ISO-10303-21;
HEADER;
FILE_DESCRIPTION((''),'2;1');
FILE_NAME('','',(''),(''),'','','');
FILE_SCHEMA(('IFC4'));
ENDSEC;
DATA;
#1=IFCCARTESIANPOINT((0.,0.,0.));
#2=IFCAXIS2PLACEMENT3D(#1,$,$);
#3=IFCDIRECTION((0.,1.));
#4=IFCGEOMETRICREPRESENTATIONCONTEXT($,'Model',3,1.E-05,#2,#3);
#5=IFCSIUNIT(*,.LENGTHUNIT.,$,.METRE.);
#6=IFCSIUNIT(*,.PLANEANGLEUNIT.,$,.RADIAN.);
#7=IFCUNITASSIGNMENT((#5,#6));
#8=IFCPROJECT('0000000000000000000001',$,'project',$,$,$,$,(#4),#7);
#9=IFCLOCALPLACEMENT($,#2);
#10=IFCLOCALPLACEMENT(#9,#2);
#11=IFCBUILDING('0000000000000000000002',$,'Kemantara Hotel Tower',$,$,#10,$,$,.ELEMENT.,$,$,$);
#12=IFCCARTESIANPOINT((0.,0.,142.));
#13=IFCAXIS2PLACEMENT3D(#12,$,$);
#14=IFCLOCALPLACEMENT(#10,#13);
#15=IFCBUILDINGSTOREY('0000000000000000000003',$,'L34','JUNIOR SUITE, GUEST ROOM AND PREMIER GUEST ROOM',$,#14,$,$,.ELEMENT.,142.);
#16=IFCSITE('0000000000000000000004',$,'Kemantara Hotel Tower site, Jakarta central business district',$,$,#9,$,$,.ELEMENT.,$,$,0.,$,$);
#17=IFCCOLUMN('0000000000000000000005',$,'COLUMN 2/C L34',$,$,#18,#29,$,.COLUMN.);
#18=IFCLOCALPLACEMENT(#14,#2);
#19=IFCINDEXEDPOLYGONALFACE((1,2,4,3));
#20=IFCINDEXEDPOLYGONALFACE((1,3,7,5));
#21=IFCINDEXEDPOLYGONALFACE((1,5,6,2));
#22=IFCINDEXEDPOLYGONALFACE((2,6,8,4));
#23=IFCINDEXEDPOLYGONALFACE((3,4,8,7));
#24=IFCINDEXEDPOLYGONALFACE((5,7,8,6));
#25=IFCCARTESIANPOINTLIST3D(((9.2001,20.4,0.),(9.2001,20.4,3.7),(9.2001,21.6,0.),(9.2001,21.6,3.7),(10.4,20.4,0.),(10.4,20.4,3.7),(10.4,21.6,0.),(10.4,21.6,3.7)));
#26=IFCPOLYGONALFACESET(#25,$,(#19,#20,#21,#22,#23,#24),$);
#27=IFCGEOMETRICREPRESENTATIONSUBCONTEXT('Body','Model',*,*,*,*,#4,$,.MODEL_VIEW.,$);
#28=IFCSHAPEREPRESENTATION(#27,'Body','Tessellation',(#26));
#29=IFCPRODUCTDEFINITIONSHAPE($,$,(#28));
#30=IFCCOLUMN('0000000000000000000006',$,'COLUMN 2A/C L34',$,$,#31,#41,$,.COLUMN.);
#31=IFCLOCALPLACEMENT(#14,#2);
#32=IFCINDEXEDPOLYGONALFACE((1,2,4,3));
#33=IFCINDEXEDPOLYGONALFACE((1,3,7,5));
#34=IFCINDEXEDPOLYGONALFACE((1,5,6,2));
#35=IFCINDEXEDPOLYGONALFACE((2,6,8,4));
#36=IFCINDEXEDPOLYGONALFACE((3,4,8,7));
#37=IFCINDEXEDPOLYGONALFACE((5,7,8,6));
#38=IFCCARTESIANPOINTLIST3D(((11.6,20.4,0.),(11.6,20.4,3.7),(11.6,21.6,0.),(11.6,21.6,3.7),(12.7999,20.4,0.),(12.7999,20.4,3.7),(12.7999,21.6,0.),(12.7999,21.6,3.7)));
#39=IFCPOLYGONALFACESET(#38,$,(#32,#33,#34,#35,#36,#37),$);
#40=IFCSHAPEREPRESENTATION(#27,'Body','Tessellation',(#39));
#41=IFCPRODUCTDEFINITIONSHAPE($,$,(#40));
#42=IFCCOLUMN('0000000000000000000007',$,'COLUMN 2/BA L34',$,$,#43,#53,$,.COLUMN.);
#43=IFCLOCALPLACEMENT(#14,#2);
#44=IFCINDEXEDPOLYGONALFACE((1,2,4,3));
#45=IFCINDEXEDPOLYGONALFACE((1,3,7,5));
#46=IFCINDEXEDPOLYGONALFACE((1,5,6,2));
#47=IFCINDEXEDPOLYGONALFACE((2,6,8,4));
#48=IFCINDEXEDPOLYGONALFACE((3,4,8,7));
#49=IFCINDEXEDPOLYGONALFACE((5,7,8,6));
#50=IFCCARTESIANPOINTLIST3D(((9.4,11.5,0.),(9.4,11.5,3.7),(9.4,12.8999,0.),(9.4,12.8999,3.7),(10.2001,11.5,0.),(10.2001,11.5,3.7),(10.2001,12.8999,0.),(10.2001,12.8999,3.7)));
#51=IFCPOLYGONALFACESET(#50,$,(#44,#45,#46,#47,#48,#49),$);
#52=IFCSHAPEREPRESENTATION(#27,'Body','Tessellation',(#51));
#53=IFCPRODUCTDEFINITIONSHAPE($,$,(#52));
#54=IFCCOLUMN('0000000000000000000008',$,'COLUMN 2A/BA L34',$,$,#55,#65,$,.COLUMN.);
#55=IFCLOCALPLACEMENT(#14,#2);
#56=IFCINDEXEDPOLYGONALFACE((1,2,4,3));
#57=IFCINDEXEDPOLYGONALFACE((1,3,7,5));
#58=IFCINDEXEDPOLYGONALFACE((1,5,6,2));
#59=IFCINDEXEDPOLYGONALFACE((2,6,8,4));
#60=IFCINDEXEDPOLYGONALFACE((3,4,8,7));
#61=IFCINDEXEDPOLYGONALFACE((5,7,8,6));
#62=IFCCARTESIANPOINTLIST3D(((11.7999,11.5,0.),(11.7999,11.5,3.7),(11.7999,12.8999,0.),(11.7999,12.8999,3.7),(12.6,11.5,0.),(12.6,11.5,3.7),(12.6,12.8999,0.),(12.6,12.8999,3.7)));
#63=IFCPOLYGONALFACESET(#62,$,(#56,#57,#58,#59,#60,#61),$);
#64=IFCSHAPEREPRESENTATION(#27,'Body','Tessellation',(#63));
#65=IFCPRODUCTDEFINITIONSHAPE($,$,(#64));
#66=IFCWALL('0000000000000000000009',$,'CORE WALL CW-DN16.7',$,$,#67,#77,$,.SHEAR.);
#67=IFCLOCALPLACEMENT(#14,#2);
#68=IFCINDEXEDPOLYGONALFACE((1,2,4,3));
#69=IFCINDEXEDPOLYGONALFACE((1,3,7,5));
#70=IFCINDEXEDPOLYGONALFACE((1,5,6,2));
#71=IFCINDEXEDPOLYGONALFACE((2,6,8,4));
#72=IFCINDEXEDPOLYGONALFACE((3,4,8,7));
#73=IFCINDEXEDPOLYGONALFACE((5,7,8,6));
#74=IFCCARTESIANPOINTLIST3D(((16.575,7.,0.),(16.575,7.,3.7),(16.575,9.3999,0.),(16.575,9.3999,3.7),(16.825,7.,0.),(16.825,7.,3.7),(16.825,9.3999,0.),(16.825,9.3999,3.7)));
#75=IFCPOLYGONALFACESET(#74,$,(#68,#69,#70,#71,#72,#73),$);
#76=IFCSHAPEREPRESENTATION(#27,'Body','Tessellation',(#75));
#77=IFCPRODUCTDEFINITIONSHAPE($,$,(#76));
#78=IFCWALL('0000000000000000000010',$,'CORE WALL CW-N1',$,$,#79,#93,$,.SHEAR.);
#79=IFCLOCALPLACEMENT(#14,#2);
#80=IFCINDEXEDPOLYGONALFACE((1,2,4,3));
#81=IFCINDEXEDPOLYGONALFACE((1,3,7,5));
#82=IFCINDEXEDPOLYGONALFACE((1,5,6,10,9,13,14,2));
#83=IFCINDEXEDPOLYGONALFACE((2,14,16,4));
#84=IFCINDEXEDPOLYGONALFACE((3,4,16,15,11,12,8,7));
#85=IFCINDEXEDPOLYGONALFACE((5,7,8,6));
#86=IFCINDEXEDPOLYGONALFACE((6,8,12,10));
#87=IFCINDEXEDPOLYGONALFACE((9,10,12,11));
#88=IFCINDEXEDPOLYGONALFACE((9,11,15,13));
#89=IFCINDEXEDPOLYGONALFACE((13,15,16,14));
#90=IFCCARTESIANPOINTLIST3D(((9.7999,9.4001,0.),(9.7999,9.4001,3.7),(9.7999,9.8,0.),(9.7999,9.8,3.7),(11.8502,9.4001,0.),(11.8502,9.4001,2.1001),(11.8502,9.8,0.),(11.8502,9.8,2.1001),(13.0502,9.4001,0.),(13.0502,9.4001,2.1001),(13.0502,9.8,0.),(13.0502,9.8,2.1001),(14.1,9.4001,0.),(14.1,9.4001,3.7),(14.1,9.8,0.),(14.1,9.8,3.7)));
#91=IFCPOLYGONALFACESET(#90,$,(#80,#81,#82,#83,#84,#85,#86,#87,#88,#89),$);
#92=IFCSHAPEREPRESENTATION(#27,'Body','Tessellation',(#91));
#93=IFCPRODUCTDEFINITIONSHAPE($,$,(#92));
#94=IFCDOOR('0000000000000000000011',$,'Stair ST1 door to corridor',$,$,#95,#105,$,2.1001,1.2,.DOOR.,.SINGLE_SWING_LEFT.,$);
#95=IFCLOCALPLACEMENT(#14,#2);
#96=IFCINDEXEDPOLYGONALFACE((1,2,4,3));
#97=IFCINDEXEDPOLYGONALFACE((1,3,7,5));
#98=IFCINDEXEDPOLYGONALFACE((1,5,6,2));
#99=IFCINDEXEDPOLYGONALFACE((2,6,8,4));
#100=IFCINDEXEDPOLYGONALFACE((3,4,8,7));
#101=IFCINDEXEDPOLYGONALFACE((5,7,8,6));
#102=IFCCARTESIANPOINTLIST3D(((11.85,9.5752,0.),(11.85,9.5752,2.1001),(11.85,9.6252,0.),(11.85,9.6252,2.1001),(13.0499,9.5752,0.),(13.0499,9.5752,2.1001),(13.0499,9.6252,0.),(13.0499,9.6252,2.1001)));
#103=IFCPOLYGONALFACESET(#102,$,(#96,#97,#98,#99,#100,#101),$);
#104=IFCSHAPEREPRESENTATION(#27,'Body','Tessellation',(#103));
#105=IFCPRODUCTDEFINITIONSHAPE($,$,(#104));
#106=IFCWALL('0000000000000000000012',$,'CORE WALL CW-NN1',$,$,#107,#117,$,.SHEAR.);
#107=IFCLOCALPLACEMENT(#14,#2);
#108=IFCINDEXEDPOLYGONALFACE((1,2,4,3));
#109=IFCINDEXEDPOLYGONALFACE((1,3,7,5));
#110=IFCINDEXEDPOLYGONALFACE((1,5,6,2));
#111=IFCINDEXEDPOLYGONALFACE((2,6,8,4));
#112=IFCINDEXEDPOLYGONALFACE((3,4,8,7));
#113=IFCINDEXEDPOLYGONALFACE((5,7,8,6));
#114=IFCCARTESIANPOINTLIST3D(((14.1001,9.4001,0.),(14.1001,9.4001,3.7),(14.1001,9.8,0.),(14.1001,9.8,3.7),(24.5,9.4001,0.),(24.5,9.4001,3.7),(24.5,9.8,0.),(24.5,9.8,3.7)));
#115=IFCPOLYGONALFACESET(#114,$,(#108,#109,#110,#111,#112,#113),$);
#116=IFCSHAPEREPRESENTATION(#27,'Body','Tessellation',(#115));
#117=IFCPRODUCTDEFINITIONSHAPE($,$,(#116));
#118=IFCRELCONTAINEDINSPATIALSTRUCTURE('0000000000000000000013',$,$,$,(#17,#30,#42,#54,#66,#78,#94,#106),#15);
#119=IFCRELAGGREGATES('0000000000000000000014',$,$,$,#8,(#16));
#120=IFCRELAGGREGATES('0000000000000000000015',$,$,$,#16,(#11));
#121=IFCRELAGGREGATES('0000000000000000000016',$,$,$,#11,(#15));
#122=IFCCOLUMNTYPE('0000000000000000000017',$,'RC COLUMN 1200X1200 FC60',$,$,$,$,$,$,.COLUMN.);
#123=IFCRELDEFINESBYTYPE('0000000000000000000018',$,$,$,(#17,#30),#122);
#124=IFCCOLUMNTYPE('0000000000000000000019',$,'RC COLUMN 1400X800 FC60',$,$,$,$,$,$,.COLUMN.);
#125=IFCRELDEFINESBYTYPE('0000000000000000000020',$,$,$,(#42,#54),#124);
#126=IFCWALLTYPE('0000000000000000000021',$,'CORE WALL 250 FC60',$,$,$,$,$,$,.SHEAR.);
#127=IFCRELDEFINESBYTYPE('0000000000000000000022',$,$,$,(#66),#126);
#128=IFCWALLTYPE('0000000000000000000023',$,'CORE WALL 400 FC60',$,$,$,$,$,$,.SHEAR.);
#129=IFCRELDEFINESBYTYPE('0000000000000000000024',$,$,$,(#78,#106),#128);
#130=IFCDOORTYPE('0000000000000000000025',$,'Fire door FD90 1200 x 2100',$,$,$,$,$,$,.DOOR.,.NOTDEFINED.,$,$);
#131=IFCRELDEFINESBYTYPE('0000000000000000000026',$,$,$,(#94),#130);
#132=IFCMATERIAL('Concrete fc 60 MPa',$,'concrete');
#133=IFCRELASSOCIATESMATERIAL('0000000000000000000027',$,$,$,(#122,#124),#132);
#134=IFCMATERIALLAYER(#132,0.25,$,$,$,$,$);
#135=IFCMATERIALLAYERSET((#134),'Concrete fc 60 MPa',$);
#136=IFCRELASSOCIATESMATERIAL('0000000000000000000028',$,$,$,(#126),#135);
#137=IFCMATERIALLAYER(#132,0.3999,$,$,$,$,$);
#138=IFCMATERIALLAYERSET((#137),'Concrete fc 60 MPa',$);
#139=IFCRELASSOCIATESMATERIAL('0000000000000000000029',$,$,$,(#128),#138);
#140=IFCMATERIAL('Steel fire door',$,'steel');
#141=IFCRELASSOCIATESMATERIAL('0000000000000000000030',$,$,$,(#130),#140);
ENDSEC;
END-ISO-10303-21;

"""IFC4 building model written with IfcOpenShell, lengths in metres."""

from ifc_helpers import new_model, si_unit, direction, frame, frame_2d, origin, origin_2d, place, context, subcontext, project, spatial, rectangle, extrude, material, layer, layer_set, material_profile, profile_set, type_object, element, fill, save


model = new_model("IFC4")

# Units and contexts
model_context = context("Model", 3, precision=1e-05, world=origin(), true_north=direction((0.0, 1.0)))
body_context = subcontext(model_context, "Body", "Model", "MODEL_VIEW")
ifc_project = project(units=[si_unit("LENGTHUNIT", "METRE"), si_unit("PLANEANGLEUNIT", "RADIAN")], contexts=[model_context])

# Site, building, storey
site_placement = place(None, origin())
site = spatial("IfcSite", under=ifc_project, at=site_placement, Name="Kemantara Hotel Tower site, Jakarta central business district", CompositionType="ELEMENT", RefElevation=0.0)
building_placement = place(site_placement, origin())
building = spatial("IfcBuilding", under=site, at=building_placement, Name="Kemantara Hotel Tower", CompositionType="ELEMENT")
storey_placement = place(building_placement, frame((0.0, 0.0, 142.0)))
storey = spatial("IfcBuildingStorey", under=building, at=storey_placement, Name="L34", Description="JUNIOR SUITE, GUEST ROOM AND PREMIER GUEST ROOM", CompositionType="ELEMENT", Elevation=142.0)

# Columns
ifc_material_1 = material(Name="Concrete fc 60 MPa", Category="concrete")
ifc_material_profile_1 = material_profile(ifc_material_1, rectangle(XDim=1.2, YDim=1.2, at=origin_2d()), Name="RC 1200X1200")
ifc_profile_set_1 = profile_set([ifc_material_profile_1], Name="Concrete fc 60 MPa")
column_type_1 = type_object("IfcColumnType", Name="RC COLUMN 1200X1200 FC60", PredefinedType="COLUMN", material=ifc_profile_set_1)
for number, where, z_axis, x_axis, name in (
    (1, (9.8, 21.0, 0.0), (0.0, 0.0, 1.0), (1.0, 0.0, 0.0), "COLUMN 2/C L34"),
    (2, (12.2, 21.0, 0.0), (0.0, 0.0, 1.0), (1.0, 0.0, 0.0), "COLUMN 2A/C L34"),
):
    element("IfcColumn", number, at=place(storey_placement, frame(where, z_axis=z_axis, x_axis=x_axis)), inside=storey, type_object=column_type_1, Name=name, PredefinedType="COLUMN", context=body_context, shape_type="SweptSolid", body=[
        extrude(rectangle(XDim=1.2, YDim=1.2, at=origin_2d()), origin(), (0.0, 0.0, 1.0), 3.7),
    ])
ifc_material_profile_2 = material_profile(ifc_material_1, rectangle(XDim=1.3999, YDim=0.8, at=origin_2d()), Name="RC 1400X800")
ifc_profile_set_2 = profile_set([ifc_material_profile_2], Name="Concrete fc 60 MPa")
column_type_2 = type_object("IfcColumnType", Name="RC COLUMN 1400X800 FC60", PredefinedType="COLUMN", material=ifc_profile_set_2)
for number, where, z_axis, x_axis, name in (
    (3, (9.8, 12.2, 0.0), (0.0, 0.0, 1.0), (0.0, 1.0, 0.0), "COLUMN 2/BA L34"),
    (4, (12.2, 12.2, 0.0), (0.0, 0.0, 1.0), (0.0, 1.0, 0.0), "COLUMN 2A/BA L34"),
):
    element("IfcColumn", number, at=place(storey_placement, frame(where, z_axis=z_axis, x_axis=x_axis)), inside=storey, type_object=column_type_2, Name=name, PredefinedType="COLUMN", context=body_context, shape_type="SweptSolid", body=[
        extrude(rectangle(XDim=1.3999, YDim=0.8, at=origin_2d()), origin(), (0.0, 0.0, 1.0), 3.7),
    ])

# Wall
ifc_layer_1 = layer(ifc_material_1, 0.25)
ifc_layer_set_1 = layer_set([ifc_layer_1], Name="Concrete fc 60 MPa")
wall_type_1 = type_object("IfcWallType", Name="CORE WALL 250 FC60", PredefinedType="SHEAR", material=ifc_layer_set_1)
wall_1_placement = place(storey_placement, frame((16.7, 7.0, 0.0), z_axis=(0.0, 0.0, 1.0), x_axis=(0.0, 1.0, 0.0)))
element("IfcWall", 5, at=wall_1_placement, inside=storey, type_object=wall_type_1, Name="CORE WALL CW-DN16.7", PredefinedType="SHEAR", context=body_context, shape_type="SweptSolid", body=[
    extrude(rectangle(XDim=2.3999, YDim=0.25, at=frame_2d((1.2, 0.0))), origin(), (0.0, 0.0, 1.0), 3.7),
])

# Wall, opening, door
ifc_layer_2 = layer(ifc_material_1, 0.3999)
ifc_layer_set_2 = layer_set([ifc_layer_2], Name="Concrete fc 60 MPa")
wall_type_2 = type_object("IfcWallType", Name="CORE WALL 400 FC60", PredefinedType="SHEAR", material=ifc_layer_set_2)
wall_2_placement = place(storey_placement, frame((9.8, 9.6001, 0.0), z_axis=(0.0, 0.0, 1.0), x_axis=(1.0, 0.0, 0.0)))
wall_2 = element("IfcWall", 6, at=wall_2_placement, inside=storey, type_object=wall_type_2, Name="CORE WALL CW-N1", PredefinedType="SHEAR", context=body_context, shape_type="SweptSolid", body=[
    extrude(rectangle(XDim=4.3, YDim=0.3999, at=frame_2d((2.1499, 0.0))), origin(), (0.0, 0.0, 1.0), 3.7),
])
opening_1_placement = place(wall_2_placement, frame((2.05, 0.0, 0.0)))
opening_1 = element("IfcOpeningElement", 7, at=opening_1_placement, cuts=wall_2, PredefinedType="OPENING", context=body_context, shape_type="SweptSolid", body=[
    extrude(rectangle(XDim=1.2, YDim=2.1001, at=frame_2d((0.6001, 1.05))), frame((0.0, 0.21, 0.0), z_axis=(0.0, -1.0, 0.0), x_axis=(1.0, 0.0, 0.0)), (0.0, 0.0, 1.0), 0.4199),
])
ifc_material_2 = material(Name="Steel fire door", Category="steel")
door_type_1 = type_object("IfcDoorType", Name="Fire door FD90 1200 x 2100", OperationType="NOTDEFINED", PredefinedType="DOOR", material=ifc_material_2)
door_1_placement = place(opening_1_placement, frame((1.2, 0.0, 0.0), z_axis=(0.0, 0.0, 1.0), x_axis=(-1.0, 0.0, 0.0)))
door_1 = element("IfcDoor", 8, at=door_1_placement, inside=storey, type_object=door_type_1, Name="Stair ST1 door to corridor", OperationType="SINGLE_SWING_LEFT", OverallHeight=2.1001, OverallWidth=1.2, PredefinedType="DOOR", context=body_context, shape_type="SweptSolid", body=[
    extrude(rectangle(XDim=1.2, YDim=2.1001, at=frame_2d((0.6001, 1.05))), frame((0.0, 0.0249, 0.0), z_axis=(0.0, -1.0, 0.0), x_axis=(1.0, 0.0, 0.0)), (0.0, 0.0, 1.0), 0.05),
])
fill(opening_1, door_1)

# Wall
wall_3_placement = place(storey_placement, frame((14.1001, 9.6001, 0.0), z_axis=(0.0, 0.0, 1.0), x_axis=(1.0, 0.0, 0.0)))
element("IfcWall", 9, at=wall_3_placement, inside=storey, type_object=wall_type_2, Name="CORE WALL CW-NN1", PredefinedType="SHEAR", context=body_context, shape_type="SweptSolid", body=[
    extrude(rectangle(XDim=10.3999, YDim=0.3999, at=frame_2d((5.2, 0.0))), origin(), (0.0, 0.0, 1.0), 3.7),
])

save(model, "model.ifc")
